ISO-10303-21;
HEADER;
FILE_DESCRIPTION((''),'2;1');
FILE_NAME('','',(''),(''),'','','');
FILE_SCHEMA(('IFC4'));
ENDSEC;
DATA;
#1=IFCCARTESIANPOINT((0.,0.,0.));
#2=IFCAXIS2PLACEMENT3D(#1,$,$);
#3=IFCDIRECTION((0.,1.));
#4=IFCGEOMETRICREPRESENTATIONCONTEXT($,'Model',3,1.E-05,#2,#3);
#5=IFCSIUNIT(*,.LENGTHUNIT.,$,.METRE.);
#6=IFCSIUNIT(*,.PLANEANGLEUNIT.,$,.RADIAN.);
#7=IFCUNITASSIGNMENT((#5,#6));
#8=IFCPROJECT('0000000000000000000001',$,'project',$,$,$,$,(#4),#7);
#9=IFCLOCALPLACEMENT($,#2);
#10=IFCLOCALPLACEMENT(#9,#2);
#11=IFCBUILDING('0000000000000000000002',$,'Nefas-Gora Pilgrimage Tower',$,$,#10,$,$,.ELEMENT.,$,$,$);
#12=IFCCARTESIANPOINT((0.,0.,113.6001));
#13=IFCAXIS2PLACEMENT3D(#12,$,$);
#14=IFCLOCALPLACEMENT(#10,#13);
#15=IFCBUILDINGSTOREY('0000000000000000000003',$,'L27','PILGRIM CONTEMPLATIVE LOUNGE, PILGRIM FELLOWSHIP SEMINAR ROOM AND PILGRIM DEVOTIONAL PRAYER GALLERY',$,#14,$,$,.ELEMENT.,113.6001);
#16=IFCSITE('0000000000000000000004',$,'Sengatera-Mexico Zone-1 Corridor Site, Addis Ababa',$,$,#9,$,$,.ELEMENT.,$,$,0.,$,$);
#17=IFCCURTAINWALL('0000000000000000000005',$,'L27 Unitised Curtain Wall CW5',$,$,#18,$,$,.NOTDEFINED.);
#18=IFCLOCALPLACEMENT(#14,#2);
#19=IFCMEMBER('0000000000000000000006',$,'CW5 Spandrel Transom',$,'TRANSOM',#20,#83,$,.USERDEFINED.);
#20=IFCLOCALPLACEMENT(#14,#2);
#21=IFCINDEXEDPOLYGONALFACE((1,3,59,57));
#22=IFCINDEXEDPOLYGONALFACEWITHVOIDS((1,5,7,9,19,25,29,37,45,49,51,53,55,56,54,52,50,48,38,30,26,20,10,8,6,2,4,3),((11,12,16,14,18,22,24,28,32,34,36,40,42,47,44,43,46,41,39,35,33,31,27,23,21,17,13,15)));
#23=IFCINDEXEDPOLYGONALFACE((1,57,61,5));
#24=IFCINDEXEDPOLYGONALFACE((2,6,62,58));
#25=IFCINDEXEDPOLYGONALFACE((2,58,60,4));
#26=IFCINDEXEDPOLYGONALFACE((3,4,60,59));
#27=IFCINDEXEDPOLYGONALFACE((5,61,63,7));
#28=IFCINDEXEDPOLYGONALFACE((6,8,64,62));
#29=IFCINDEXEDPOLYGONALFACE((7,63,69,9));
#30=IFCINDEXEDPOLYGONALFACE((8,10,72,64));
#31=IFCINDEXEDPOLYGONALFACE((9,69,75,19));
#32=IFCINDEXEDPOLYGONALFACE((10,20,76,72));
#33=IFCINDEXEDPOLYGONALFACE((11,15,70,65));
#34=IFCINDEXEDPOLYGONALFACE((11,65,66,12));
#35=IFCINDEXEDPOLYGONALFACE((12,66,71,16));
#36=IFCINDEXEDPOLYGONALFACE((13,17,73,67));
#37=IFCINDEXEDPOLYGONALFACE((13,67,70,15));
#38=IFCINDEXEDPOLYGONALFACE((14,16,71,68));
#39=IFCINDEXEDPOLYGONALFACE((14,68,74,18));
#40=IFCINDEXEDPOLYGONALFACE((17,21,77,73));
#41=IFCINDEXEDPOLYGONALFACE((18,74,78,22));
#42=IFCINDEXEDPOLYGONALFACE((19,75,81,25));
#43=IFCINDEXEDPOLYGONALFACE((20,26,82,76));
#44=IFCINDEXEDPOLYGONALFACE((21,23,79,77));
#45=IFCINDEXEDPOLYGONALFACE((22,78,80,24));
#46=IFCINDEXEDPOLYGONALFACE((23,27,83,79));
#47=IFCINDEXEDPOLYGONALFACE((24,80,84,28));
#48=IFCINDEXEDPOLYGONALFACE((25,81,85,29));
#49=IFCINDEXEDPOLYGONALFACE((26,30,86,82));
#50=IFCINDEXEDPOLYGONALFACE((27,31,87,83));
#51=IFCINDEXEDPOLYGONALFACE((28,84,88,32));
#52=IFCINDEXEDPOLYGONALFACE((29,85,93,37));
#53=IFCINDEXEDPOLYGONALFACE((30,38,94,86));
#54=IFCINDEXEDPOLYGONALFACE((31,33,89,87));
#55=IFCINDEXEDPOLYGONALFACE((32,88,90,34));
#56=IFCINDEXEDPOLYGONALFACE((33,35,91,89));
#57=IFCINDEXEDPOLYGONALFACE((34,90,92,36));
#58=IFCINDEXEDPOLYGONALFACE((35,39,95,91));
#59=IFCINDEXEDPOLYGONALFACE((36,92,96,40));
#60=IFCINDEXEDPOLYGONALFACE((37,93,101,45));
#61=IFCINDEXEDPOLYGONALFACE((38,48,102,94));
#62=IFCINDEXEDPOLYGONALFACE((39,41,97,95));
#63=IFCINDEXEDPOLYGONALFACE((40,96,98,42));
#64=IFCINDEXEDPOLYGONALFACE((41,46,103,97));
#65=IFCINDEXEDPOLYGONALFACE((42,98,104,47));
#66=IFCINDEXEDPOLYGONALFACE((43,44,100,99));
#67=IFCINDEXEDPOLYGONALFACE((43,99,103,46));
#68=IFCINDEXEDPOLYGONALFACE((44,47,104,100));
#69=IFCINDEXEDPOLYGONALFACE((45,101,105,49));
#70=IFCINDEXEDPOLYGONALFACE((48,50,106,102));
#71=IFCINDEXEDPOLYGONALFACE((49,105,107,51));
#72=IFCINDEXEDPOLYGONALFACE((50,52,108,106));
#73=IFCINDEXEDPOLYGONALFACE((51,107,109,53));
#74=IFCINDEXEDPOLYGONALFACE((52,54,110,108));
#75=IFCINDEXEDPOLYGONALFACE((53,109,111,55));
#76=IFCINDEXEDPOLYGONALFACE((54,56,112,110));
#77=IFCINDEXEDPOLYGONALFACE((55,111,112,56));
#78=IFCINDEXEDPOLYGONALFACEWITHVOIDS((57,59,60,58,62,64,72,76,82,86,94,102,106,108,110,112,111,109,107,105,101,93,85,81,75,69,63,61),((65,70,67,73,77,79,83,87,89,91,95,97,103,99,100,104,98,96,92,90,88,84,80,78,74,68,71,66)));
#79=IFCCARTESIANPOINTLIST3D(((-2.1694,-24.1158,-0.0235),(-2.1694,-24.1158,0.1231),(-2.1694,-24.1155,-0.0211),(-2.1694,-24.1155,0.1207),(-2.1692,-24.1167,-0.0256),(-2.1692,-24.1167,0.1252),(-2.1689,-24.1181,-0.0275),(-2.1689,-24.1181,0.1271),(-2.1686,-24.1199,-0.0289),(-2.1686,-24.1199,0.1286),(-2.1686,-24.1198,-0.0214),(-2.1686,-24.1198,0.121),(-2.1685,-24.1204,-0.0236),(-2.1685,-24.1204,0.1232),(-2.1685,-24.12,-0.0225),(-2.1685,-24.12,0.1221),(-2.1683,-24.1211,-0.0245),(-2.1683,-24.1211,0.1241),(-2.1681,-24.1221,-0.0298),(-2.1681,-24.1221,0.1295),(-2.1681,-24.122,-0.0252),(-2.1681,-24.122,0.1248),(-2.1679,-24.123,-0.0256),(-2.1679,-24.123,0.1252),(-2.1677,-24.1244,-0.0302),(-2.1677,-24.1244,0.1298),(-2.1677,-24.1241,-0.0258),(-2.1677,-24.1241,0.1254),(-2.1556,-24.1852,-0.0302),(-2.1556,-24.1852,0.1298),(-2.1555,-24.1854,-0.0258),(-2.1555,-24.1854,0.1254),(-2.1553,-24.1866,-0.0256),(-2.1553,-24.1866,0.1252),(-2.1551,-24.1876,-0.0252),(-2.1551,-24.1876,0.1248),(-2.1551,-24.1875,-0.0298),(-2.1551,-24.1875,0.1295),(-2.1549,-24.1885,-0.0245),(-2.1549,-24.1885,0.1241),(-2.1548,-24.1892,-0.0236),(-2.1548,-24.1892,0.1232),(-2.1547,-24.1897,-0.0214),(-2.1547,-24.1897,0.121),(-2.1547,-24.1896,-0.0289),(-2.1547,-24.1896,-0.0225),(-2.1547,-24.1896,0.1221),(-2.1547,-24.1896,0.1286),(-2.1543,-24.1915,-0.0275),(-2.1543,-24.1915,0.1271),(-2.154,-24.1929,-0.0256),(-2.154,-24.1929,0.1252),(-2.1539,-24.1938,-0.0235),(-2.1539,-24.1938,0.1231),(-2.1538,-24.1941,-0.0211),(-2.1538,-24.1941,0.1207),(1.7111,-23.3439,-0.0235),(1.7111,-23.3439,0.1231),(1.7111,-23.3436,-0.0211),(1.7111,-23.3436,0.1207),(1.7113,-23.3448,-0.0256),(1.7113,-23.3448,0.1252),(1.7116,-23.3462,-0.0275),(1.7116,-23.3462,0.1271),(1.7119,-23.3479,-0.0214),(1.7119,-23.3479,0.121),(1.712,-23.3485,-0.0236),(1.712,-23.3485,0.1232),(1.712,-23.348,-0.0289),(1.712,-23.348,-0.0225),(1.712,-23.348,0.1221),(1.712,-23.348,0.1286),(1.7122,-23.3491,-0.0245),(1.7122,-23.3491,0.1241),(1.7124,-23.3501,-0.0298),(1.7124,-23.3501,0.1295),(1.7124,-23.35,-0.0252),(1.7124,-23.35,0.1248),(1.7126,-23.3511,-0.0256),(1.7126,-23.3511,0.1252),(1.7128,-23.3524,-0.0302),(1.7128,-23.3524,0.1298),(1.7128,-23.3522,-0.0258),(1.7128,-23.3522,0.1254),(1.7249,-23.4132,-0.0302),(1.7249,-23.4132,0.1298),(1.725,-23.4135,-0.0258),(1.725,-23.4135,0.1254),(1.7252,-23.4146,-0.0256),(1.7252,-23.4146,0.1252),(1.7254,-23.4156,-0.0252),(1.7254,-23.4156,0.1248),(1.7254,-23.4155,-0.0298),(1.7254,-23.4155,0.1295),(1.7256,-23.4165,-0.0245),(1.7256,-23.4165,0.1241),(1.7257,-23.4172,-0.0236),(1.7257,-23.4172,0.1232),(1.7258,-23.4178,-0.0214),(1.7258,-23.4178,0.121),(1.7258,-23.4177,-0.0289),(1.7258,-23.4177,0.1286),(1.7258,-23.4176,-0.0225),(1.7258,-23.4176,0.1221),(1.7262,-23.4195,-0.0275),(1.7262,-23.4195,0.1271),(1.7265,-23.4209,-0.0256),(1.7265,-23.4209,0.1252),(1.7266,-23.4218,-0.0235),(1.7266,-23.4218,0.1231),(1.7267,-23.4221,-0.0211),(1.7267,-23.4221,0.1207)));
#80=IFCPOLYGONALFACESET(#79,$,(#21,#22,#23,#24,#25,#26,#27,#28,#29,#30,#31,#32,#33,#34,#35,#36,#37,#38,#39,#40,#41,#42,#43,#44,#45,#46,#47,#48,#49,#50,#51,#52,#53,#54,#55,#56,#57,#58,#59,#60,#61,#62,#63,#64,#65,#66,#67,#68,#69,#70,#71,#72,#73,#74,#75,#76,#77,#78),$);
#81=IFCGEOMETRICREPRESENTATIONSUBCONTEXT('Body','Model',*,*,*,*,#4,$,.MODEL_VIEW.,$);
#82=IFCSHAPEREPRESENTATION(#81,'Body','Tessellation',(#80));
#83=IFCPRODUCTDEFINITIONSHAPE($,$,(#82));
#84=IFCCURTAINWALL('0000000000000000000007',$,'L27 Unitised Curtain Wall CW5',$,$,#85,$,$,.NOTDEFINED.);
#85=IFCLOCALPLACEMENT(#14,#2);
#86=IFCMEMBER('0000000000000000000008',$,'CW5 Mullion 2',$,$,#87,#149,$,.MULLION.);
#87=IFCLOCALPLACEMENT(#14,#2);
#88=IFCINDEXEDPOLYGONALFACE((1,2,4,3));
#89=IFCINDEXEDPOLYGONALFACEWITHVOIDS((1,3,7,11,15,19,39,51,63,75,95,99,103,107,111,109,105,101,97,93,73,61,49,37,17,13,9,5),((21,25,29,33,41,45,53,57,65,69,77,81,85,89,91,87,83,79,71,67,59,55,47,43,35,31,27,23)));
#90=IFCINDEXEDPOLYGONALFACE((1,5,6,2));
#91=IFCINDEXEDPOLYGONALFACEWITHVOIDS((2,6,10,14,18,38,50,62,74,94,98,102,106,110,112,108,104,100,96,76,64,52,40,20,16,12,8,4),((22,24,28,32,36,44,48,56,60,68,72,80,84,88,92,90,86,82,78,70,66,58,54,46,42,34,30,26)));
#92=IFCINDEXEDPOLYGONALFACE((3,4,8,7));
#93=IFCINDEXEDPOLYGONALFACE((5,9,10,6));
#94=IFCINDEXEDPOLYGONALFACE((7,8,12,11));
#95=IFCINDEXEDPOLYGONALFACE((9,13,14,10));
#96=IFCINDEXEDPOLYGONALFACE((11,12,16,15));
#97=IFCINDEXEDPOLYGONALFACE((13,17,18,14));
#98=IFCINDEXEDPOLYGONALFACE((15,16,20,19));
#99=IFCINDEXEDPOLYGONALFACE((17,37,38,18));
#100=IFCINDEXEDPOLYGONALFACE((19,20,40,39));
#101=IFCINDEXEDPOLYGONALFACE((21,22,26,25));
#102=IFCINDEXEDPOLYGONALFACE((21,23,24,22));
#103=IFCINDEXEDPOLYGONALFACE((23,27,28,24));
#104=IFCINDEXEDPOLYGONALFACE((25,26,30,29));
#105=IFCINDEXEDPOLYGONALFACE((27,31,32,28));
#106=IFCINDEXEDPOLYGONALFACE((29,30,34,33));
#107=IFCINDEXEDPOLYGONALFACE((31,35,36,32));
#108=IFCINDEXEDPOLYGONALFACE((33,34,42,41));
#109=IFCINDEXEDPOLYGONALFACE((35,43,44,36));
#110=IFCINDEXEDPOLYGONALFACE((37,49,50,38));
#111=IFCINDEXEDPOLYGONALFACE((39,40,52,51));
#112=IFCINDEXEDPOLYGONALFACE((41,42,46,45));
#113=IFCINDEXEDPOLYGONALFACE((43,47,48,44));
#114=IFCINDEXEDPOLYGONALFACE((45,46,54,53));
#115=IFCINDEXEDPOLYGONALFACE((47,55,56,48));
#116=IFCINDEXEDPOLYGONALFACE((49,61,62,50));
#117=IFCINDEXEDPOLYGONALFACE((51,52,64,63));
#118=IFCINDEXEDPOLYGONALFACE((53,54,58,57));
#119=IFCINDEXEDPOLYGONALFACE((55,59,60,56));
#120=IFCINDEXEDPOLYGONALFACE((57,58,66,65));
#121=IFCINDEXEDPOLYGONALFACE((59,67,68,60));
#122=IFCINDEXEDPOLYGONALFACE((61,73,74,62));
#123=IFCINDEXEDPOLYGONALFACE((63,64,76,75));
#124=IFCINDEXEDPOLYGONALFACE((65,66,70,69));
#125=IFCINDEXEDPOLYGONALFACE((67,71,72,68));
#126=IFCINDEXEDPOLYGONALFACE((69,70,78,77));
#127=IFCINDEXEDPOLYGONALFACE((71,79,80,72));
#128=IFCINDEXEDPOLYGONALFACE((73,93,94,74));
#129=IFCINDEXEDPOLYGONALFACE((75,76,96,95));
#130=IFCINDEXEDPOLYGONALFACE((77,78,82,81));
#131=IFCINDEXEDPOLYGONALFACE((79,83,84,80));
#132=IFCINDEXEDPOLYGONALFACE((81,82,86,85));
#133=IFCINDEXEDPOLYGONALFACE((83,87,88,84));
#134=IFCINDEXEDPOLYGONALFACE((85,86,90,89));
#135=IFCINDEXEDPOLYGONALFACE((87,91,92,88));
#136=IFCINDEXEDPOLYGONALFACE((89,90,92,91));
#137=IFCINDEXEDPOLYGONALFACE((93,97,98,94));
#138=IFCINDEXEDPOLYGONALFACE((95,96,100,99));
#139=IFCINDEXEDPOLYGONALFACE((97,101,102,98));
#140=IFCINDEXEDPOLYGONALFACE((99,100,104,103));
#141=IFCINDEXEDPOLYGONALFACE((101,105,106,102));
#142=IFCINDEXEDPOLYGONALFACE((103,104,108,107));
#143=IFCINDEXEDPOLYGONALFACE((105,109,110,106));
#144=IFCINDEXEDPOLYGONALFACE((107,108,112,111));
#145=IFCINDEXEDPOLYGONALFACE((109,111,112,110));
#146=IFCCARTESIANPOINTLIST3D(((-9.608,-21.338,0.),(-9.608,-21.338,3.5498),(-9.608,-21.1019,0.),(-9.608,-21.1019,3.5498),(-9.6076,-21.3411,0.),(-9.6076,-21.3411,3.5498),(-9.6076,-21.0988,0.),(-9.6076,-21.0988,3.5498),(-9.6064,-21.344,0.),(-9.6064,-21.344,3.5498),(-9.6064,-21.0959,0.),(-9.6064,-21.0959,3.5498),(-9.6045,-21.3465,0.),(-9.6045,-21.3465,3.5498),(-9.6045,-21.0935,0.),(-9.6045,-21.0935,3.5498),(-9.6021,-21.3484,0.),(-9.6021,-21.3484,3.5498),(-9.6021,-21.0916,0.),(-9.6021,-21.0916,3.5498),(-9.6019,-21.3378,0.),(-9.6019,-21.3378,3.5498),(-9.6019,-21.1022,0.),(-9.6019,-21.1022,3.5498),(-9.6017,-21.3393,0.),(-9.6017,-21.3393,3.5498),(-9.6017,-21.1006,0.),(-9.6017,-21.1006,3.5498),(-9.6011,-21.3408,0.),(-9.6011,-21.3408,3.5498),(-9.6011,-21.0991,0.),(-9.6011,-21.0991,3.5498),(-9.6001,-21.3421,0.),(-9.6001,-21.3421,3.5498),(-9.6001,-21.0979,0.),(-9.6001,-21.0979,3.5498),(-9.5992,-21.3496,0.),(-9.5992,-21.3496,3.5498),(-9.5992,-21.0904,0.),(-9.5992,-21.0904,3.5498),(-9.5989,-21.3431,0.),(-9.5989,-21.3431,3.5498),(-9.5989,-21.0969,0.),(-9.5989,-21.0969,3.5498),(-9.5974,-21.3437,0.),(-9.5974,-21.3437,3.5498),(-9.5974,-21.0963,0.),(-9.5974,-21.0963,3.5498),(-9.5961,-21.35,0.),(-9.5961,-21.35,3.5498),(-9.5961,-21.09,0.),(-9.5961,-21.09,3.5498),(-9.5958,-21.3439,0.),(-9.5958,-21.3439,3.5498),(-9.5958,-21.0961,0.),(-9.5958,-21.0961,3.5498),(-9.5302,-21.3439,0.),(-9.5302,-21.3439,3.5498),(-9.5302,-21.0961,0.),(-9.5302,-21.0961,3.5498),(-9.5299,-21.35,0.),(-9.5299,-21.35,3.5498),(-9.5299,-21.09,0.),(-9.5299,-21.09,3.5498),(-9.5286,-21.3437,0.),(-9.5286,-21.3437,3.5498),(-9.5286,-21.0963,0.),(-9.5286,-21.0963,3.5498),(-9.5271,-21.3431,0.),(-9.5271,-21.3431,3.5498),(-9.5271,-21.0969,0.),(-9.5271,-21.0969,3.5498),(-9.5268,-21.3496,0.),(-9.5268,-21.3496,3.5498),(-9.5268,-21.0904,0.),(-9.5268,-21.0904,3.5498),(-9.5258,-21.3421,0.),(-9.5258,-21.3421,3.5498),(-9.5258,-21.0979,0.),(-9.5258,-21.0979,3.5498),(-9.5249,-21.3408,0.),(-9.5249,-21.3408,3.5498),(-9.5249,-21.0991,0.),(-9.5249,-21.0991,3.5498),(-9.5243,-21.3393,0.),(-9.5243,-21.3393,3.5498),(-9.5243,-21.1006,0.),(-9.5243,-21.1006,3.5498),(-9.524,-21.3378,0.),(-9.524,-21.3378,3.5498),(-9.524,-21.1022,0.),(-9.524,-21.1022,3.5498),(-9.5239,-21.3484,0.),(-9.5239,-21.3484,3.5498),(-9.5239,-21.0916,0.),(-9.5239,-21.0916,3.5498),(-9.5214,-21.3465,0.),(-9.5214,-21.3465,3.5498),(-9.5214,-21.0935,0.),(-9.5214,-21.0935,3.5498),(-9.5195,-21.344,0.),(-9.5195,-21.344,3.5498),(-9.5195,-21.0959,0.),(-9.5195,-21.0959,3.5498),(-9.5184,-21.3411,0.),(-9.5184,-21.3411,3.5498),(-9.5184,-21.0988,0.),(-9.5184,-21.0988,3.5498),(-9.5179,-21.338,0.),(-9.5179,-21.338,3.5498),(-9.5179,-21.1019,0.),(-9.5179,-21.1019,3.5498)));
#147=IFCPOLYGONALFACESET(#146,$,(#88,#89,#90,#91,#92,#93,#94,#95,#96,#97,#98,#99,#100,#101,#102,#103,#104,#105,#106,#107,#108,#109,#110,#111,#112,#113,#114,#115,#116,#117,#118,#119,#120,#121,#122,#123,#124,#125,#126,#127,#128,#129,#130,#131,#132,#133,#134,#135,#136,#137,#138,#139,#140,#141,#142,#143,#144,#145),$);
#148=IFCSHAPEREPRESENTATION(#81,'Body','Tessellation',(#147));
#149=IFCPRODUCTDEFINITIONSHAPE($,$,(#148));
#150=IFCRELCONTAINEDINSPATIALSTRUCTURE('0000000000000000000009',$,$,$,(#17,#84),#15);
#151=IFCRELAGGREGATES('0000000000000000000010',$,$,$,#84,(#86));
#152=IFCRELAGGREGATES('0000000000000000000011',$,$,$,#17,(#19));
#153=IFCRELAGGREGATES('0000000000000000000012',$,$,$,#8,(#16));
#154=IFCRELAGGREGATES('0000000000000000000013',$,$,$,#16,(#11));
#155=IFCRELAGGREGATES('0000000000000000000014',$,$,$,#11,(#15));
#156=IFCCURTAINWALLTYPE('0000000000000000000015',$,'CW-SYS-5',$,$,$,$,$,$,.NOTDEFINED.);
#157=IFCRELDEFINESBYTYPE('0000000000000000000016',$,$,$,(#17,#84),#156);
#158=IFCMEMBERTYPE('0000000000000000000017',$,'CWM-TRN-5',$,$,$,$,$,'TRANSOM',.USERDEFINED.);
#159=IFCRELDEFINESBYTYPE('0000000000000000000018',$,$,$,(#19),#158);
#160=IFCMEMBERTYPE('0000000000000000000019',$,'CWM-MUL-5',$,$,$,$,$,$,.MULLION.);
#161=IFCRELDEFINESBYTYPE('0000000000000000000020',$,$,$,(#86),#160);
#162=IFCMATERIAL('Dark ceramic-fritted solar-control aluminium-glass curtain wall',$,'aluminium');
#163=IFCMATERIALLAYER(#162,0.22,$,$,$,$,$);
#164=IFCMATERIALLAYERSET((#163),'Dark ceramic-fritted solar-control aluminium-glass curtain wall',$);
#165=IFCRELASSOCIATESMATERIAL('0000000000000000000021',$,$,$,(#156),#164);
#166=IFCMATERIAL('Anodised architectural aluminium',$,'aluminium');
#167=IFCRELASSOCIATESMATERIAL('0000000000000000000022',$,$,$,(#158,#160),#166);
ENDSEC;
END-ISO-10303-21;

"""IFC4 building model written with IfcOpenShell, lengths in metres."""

from ifc_helpers import new_model, si_unit, direction, frame, origin, origin_2d, place, context, subcontext, project, spatial, hollow_rectangle, extrude, source, transform, mapped, material, layer, layer_set, material_profile, profile_set, type_object, element, aggregate, save


model = new_model("IFC4")

# Units and contexts
model_context = context("Model", 3, precision=1e-05, world=origin(), true_north=direction((0.0, 1.0)))
body_context = subcontext(model_context, "Body", "Model", "MODEL_VIEW")
ifc_project = project(units=[si_unit("LENGTHUNIT", "METRE"), si_unit("PLANEANGLEUNIT", "RADIAN")], contexts=[model_context])

# Site, building, storey
site_placement = place(None, origin())
site = spatial("IfcSite", under=ifc_project, at=site_placement, Name="Sengatera-Mexico Zone-1 Corridor Site, Addis Ababa", CompositionType="ELEMENT", RefElevation=0.0)
building_placement = place(site_placement, origin())
building = spatial("IfcBuilding", under=site, at=building_placement, Name="Nefas-Gora Pilgrimage Tower", CompositionType="ELEMENT")
storey_placement = place(building_placement, frame((0.0, 0.0, 113.6001)))
storey = spatial("IfcBuildingStorey", under=building, at=storey_placement, Name="L27", Description="PILGRIM CONTEMPLATIVE LOUNGE, PILGRIM FELLOWSHIP SEMINAR ROOM AND PILGRIM DEVOTIONAL PRAYER GALLERY", CompositionType="ELEMENT", Elevation=113.6001)

# Curtain walls, members
ifc_material_1 = material(Name="Dark ceramic-fritted solar-control aluminium-glass curtain wall", Category="aluminium")
ifc_layer_1 = layer(ifc_material_1, 0.22)
ifc_layer_set_1 = layer_set([ifc_layer_1], Name="Dark ceramic-fritted solar-control aluminium-glass curtain wall")
curtain_wall_type = type_object("IfcCurtainWallType", Name="CW-SYS-5", PredefinedType="NOTDEFINED", material=ifc_layer_set_1)
curtain_wall_1_placement = place(storey_placement, origin())
curtain_wall_1 = element("IfcCurtainWall", 1, at=curtain_wall_1_placement, inside=storey, type_object=curtain_wall_type, Name="L27 Unitised Curtain Wall CW5", PredefinedType="NOTDEFINED")
ifc_material_2 = material(Name="Anodised architectural aluminium", Category="aluminium")
ifc_material_profile_1 = material_profile(ifc_material_2, hollow_rectangle(XDim=0.0801, YDim=0.1599, WallThickness=0.0044, InnerFilletRadius=0.0044, OuterFilletRadius=0.009, at=origin_2d()), Name="ALU TRANSOM 80x160")
ifc_profile_set_1 = profile_set([ifc_material_profile_1], Name="Anodised architectural aluminium")
member_type_1 = type_object("IfcMemberType", Name="CWM-TRN-5", ElementType="TRANSOM", PredefinedType="USERDEFINED", material=ifc_profile_set_1)
shared_shape_1 = source(origin(), body_context, "Body", "SweptSolid", [
    extrude(hollow_rectangle(XDim=0.0801, YDim=0.1599, WallThickness=0.0044, InnerFilletRadius=0.0044, OuterFilletRadius=0.009, at=origin_2d()), origin(), (0.0, 0.0, 1.0), 3.9565),
])
member_1_placement = place(storey_placement, frame((-2.1616, -24.1548, 0.0498), z_axis=(0.980782, 0.195107, 0.0), x_axis=(-0.195107, 0.980782, 0.0)))
member_1 = element("IfcMember", 2, at=member_1_placement, type_object=member_type_1, Name="CW5 Spandrel Transom", ObjectType="TRANSOM", PredefinedType="USERDEFINED", context=body_context, shape_type="MappedRepresentation", body=[
    mapped(shared_shape_1, transform((0.0, 0.0, 0.0), x_axis=(1.0, 0.0, 0.0), y_axis=(0.0, 1.0, 0.0), z_axis=(0.0, 0.0, 1.0), scale=1.0)),
])
curtain_wall_2_placement = place(storey_placement, origin())
curtain_wall_2 = element("IfcCurtainWall", 3, at=curtain_wall_2_placement, inside=storey, type_object=curtain_wall_type, Name="L27 Unitised Curtain Wall CW5", PredefinedType="NOTDEFINED")
ifc_material_profile_2 = material_profile(ifc_material_2, hollow_rectangle(XDim=0.0901, YDim=0.26, WallThickness=0.0061, InnerFilletRadius=0.0061, OuterFilletRadius=0.012, at=origin_2d()), Name="ALU MULLION 90x260")
ifc_profile_set_2 = profile_set([ifc_material_profile_2], Name="Anodised architectural aluminium")
member_type_2 = type_object("IfcMemberType", Name="CWM-MUL-5", PredefinedType="MULLION", material=ifc_profile_set_2)
shared_shape_2 = source(origin(), body_context, "Body", "SweptSolid", [
    extrude(hollow_rectangle(XDim=0.0901, YDim=0.26, WallThickness=0.0061, InnerFilletRadius=0.0061, OuterFilletRadius=0.012, at=origin_2d()), origin(), (0.0, 0.0, 1.0), 3.5498),
])
member_2_placement = place(storey_placement, frame((-9.563, -21.22, 0.0), z_axis=(0.0, 0.0, 1.0), x_axis=(1.0, 0.0, 0.0)))
member_2 = element("IfcMember", 4, at=member_2_placement, type_object=member_type_2, Name="CW5 Mullion 2", PredefinedType="MULLION", context=body_context, shape_type="MappedRepresentation", body=[
    mapped(shared_shape_2, transform((0.0, 0.0, 0.0), x_axis=(1.0, 0.0, 0.0), y_axis=(0.0, 1.0, 0.0), z_axis=(0.0, 0.0, 1.0), scale=1.0)),
])

aggregate(curtain_wall_2, [member_2])
aggregate(curtain_wall_1, [member_1])

save(model, "model.ifc")
